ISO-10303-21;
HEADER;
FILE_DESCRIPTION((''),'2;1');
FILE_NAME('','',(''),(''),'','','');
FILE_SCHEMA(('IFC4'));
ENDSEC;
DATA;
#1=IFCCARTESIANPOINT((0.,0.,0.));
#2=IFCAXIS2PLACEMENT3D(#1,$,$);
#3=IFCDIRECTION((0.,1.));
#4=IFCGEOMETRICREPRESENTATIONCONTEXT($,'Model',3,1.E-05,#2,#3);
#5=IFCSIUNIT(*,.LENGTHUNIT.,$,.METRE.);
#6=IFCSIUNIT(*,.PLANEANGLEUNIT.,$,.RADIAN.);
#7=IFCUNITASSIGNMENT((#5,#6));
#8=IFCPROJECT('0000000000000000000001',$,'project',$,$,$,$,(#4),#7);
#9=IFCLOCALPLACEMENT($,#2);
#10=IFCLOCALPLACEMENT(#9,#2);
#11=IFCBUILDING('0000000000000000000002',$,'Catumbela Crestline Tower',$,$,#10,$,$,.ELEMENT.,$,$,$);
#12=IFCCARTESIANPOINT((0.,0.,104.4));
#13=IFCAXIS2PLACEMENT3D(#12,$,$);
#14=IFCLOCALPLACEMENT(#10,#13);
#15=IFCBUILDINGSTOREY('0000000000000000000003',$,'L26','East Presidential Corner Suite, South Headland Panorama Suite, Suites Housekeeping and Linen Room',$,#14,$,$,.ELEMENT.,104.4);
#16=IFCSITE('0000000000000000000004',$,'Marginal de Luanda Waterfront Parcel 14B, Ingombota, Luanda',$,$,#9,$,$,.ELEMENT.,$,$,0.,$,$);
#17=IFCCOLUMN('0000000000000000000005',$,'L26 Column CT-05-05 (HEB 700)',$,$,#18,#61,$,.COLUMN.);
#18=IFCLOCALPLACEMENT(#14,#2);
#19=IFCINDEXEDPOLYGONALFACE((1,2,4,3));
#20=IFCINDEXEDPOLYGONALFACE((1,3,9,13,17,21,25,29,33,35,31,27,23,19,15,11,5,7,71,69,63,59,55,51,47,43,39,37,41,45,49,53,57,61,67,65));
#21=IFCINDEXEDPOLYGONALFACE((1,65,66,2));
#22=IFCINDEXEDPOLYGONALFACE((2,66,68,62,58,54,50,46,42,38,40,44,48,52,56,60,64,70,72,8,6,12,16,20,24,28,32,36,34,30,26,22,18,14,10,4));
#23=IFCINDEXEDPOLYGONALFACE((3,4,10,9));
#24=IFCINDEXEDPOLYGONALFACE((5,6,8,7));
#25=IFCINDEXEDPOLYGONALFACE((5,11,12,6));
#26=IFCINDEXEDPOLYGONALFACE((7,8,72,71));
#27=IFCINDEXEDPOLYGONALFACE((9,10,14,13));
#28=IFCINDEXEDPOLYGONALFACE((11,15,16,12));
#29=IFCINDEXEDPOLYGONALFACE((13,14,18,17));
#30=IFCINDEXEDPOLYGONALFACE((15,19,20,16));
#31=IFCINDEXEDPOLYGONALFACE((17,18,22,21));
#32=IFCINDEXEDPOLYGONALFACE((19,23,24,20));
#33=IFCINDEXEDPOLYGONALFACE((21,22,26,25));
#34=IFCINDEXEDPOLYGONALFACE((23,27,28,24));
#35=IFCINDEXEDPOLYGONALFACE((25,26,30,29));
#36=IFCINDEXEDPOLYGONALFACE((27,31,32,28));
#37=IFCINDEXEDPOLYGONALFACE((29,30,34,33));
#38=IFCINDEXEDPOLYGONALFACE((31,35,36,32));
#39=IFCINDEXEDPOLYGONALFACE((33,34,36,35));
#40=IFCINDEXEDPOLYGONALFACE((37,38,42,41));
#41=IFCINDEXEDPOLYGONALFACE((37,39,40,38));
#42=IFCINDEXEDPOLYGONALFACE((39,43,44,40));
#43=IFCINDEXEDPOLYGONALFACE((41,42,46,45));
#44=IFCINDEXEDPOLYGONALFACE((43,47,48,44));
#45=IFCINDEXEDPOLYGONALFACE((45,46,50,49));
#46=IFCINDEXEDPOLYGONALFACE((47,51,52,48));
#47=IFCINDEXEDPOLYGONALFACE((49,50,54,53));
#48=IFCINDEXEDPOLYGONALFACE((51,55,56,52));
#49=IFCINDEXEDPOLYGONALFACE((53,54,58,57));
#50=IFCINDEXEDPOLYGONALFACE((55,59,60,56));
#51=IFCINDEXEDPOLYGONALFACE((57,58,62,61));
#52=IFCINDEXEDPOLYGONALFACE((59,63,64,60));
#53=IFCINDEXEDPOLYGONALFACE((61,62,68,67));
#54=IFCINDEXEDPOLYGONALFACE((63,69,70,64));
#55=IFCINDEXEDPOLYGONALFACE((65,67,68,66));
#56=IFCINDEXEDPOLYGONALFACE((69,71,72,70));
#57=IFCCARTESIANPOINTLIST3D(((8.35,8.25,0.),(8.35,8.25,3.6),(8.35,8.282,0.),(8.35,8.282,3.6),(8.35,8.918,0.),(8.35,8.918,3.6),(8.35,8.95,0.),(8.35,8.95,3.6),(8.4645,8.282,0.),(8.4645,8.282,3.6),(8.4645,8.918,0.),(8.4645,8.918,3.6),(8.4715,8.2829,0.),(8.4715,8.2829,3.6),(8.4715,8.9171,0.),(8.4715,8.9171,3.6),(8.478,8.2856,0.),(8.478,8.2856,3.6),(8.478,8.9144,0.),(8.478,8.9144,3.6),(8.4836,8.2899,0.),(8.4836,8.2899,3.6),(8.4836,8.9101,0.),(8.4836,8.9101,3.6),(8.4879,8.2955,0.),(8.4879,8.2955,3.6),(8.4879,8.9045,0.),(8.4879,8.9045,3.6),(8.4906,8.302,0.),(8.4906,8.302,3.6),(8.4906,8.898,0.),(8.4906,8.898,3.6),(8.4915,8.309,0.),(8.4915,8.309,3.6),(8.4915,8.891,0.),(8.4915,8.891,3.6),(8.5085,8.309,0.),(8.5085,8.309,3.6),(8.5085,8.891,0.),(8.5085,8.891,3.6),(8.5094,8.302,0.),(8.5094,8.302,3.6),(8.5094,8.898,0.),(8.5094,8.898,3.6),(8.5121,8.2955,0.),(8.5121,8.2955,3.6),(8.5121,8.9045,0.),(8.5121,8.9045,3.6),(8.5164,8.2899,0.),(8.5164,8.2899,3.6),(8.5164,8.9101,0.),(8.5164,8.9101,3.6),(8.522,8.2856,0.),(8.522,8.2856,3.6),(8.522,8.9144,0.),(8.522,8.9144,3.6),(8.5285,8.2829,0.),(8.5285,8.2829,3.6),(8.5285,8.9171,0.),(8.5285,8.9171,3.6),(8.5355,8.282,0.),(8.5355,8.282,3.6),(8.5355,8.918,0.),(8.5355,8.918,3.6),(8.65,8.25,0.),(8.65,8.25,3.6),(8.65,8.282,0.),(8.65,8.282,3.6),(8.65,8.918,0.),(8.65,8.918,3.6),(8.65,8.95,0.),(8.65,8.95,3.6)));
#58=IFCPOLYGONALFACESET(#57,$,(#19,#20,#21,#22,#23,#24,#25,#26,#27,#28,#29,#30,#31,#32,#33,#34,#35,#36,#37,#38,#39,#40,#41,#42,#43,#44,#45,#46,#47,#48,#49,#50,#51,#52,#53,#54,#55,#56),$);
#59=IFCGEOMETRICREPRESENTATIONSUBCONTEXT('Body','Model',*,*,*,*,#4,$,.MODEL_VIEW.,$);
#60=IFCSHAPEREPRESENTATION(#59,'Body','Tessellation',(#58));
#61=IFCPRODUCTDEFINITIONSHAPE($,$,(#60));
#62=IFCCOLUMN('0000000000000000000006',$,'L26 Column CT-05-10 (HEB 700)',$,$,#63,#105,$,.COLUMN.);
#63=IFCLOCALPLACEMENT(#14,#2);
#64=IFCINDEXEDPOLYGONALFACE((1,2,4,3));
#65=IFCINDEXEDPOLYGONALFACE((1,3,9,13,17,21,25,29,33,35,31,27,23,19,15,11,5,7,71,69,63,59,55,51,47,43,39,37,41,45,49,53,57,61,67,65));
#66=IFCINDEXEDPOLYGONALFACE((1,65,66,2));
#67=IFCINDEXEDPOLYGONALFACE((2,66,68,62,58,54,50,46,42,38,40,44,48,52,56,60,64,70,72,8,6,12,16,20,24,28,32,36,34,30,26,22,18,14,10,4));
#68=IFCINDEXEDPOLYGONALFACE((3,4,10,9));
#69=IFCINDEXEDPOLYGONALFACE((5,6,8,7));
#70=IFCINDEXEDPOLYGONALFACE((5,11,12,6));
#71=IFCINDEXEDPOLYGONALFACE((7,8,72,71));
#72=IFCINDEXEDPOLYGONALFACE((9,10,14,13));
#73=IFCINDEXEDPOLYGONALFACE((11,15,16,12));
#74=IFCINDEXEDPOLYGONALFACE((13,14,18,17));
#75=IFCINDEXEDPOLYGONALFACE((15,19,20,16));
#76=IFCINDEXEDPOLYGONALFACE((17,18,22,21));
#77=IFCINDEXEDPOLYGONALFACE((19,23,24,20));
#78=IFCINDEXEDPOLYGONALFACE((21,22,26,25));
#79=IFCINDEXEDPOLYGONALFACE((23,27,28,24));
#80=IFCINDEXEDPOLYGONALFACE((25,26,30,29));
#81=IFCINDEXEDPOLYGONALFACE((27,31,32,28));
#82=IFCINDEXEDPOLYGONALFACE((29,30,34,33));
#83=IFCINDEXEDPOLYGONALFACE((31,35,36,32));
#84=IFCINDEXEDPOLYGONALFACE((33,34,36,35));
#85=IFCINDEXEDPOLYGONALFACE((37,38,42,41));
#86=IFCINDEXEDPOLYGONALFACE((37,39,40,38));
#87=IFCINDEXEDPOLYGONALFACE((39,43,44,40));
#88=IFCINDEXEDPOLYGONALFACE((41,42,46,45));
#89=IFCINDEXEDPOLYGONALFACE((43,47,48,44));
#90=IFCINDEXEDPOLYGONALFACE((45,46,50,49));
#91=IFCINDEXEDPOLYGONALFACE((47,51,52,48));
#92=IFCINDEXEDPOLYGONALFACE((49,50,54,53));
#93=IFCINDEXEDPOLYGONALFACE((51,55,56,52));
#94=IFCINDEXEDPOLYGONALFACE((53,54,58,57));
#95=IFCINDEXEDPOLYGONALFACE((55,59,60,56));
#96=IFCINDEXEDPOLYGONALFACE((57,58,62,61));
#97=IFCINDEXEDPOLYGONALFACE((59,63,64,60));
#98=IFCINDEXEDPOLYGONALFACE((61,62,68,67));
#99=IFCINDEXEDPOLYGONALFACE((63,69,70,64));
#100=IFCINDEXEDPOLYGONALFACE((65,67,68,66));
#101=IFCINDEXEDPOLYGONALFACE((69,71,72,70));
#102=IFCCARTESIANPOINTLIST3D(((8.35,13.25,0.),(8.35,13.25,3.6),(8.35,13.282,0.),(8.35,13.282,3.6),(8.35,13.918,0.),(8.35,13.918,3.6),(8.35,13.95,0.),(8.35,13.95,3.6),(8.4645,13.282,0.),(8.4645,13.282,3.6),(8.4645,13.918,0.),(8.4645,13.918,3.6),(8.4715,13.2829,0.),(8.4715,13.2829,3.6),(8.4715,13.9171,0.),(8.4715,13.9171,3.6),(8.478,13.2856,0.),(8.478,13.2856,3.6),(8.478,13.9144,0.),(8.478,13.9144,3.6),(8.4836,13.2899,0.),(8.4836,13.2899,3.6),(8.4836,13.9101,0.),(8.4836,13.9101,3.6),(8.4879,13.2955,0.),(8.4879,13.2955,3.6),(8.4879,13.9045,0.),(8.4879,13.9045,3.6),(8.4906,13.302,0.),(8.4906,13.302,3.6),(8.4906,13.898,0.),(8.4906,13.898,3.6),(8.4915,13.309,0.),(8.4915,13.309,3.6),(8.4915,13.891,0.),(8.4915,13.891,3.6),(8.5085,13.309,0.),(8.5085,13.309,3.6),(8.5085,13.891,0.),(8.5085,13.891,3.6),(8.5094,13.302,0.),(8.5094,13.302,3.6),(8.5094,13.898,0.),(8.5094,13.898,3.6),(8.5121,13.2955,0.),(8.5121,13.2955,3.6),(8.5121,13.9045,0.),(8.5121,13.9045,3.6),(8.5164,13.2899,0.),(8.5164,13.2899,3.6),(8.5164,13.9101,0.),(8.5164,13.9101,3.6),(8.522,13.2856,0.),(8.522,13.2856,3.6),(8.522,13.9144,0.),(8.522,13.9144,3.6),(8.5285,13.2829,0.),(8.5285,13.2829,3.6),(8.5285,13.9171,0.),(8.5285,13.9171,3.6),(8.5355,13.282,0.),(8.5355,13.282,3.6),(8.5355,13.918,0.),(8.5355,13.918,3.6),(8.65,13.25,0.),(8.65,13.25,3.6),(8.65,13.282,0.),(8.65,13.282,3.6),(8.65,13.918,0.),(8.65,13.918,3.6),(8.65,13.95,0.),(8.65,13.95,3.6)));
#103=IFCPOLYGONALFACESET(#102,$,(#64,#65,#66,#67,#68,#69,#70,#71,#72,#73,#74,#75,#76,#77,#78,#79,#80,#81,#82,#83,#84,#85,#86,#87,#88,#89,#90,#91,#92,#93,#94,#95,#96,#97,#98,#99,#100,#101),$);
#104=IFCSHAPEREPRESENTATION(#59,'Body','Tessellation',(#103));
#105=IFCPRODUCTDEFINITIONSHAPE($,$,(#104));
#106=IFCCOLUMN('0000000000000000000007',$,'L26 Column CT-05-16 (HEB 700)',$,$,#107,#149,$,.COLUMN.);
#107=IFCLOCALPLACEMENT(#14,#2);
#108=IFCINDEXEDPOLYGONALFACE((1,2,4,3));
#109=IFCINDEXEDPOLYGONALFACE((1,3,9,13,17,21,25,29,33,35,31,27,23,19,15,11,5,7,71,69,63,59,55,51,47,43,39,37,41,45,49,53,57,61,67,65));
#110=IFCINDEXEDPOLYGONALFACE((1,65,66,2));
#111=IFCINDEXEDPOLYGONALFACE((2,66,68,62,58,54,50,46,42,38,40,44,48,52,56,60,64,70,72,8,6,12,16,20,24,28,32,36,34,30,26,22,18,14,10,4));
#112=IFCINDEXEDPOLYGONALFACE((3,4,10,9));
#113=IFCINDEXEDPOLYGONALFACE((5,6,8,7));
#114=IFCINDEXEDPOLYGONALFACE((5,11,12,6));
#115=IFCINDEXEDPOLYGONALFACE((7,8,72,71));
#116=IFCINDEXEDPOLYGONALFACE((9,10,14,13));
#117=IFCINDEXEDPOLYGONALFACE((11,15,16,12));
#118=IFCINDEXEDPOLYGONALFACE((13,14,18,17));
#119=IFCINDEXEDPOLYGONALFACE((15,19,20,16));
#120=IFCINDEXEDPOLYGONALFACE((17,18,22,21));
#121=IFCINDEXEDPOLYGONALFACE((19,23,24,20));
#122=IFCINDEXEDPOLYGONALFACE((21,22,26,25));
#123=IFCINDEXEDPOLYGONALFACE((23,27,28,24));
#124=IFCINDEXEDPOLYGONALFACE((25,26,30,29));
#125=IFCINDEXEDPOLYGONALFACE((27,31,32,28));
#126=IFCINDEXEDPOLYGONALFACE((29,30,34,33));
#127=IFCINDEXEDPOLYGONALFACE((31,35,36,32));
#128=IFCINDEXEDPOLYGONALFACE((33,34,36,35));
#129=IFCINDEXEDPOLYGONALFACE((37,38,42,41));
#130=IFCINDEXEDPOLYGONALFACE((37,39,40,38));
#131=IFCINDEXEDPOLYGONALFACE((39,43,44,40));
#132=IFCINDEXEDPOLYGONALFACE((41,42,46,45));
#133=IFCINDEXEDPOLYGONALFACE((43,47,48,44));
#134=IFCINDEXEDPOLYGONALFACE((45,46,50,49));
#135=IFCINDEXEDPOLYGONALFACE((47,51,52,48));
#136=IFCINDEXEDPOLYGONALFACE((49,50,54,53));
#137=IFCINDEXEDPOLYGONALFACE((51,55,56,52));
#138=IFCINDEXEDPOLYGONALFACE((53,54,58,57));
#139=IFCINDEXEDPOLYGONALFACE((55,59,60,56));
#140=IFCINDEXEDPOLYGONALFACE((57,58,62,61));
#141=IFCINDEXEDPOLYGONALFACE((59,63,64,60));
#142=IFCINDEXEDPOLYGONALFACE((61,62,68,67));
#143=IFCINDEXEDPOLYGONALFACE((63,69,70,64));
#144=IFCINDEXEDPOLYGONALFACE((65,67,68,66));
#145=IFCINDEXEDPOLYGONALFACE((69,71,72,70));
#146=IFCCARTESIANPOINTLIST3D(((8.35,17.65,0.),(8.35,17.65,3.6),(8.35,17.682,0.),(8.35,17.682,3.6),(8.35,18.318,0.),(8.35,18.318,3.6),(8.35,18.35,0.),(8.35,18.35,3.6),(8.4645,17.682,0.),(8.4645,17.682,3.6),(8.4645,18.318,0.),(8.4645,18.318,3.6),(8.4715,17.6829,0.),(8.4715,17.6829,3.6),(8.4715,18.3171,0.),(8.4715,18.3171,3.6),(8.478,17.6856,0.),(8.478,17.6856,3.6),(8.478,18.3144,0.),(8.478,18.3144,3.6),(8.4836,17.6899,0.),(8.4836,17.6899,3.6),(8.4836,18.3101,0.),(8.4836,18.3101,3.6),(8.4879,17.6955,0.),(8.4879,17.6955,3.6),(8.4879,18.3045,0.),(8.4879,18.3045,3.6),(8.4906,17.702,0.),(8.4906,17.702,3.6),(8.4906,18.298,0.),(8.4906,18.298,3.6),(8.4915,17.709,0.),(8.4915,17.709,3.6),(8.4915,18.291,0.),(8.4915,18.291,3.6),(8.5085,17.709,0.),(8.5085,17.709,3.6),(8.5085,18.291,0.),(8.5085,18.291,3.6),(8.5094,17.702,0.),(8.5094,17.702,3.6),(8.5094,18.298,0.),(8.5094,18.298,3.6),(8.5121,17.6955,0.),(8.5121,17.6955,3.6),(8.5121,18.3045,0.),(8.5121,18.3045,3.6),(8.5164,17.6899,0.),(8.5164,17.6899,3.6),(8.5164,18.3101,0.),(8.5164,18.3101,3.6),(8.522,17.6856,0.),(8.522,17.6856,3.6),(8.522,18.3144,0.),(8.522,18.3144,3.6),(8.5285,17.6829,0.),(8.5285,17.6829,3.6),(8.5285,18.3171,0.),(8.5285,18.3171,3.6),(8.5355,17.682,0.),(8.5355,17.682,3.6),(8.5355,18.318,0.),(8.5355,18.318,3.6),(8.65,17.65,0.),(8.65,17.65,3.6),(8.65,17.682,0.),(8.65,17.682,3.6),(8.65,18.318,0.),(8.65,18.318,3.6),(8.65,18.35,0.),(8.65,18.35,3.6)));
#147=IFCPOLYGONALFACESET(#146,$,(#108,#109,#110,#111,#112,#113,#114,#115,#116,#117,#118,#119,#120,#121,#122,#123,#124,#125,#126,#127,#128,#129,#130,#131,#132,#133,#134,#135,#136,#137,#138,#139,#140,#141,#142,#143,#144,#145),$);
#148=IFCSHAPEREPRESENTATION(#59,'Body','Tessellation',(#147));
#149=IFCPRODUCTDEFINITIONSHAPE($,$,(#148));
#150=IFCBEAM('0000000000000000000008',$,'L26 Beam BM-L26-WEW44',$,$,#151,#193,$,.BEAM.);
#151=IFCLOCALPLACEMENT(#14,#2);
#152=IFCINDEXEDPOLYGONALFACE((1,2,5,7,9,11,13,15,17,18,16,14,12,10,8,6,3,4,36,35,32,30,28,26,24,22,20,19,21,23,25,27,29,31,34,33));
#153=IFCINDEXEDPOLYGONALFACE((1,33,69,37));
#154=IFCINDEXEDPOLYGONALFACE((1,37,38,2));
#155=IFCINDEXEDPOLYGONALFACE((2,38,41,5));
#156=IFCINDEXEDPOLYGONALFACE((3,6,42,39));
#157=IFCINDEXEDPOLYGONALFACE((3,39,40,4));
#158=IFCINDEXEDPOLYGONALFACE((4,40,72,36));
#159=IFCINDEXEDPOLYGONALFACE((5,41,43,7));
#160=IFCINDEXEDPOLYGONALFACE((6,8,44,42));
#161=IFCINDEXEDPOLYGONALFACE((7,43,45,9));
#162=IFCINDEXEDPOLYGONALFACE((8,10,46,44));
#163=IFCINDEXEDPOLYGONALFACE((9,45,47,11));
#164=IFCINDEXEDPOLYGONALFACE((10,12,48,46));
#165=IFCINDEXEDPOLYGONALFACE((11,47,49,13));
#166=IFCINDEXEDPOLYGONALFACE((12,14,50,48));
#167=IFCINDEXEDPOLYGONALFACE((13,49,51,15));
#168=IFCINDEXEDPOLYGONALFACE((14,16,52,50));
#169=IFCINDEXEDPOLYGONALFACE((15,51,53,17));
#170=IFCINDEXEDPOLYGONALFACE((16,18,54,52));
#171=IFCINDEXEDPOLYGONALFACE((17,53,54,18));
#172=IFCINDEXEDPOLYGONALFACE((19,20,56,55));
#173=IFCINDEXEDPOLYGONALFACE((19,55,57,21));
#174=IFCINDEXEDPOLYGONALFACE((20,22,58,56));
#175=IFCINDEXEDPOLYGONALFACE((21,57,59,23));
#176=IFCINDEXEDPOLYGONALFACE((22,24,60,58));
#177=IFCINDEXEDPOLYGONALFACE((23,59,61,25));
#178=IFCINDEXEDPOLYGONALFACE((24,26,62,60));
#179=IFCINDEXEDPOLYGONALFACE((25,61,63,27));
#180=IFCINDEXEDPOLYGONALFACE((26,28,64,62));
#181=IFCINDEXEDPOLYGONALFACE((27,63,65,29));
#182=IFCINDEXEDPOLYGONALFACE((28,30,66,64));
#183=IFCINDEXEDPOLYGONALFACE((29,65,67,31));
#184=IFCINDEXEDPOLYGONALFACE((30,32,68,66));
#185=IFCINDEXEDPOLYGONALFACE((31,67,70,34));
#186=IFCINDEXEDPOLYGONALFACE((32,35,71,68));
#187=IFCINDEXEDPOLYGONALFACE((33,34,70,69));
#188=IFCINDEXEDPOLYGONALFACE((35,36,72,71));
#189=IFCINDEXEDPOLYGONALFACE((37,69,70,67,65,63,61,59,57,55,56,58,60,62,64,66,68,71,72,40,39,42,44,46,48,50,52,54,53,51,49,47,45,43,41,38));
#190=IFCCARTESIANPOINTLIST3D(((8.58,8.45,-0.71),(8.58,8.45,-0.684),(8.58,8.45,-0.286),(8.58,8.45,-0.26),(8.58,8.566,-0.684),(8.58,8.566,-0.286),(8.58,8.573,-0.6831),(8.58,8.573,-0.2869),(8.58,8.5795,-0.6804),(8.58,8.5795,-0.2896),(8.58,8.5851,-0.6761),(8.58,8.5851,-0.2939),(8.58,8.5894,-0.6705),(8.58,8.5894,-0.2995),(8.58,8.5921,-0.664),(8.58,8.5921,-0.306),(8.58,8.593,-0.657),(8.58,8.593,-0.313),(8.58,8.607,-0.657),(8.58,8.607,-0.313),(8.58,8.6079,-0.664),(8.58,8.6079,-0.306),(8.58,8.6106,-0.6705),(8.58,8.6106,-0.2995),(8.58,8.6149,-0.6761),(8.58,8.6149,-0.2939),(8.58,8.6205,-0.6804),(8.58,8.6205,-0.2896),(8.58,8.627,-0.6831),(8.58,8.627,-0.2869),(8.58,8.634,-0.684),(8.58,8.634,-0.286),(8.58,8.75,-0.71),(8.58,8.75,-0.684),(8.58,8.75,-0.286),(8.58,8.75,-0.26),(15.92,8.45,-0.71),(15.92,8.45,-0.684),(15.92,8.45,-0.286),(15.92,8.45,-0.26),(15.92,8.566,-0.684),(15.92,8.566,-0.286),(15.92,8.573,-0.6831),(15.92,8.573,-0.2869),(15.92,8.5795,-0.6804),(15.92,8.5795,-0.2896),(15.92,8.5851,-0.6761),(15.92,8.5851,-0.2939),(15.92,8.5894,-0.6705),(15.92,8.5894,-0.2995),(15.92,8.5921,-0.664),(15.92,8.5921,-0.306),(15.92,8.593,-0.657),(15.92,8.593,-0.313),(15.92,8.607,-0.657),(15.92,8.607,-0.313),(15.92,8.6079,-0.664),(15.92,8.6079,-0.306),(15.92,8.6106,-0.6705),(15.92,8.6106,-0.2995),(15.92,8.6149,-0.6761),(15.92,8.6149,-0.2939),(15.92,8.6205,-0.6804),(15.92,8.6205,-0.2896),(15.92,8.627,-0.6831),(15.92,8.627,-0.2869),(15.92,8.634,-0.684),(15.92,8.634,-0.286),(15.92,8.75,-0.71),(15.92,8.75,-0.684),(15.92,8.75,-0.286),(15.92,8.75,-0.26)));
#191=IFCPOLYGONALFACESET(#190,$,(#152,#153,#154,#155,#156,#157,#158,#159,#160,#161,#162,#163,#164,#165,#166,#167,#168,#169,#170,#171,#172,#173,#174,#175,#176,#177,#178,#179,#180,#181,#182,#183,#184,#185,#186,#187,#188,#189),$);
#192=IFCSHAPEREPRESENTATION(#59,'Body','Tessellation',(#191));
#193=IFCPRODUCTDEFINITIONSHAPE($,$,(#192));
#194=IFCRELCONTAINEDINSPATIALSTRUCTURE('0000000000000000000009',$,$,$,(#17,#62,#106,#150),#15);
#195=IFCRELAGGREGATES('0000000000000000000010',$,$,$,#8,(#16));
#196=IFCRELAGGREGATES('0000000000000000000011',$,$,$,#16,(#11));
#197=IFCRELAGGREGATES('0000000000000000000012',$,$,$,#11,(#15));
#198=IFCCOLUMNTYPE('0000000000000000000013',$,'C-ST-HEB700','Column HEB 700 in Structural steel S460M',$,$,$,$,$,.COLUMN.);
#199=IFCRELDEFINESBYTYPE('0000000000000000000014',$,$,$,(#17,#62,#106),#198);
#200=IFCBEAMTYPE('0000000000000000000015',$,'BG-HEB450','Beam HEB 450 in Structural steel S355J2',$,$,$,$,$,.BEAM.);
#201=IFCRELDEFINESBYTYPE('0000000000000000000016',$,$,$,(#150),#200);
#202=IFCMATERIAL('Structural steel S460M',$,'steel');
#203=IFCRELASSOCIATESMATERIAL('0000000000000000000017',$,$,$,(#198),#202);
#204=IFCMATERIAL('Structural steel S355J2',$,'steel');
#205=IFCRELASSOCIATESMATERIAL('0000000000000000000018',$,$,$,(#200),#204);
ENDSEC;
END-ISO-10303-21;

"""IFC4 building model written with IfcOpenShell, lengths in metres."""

from ifc_helpers import new_model, si_unit, direction, frame, origin, origin_2d, place, context, subcontext, project, spatial, i_section, extrude, material, material_profile, profile_set, type_object, element, save


model = new_model("IFC4")

# Units and contexts
model_context = context("Model", 3, precision=1e-05, world=origin(), true_north=direction((0.0, 1.0)))
body_context = subcontext(model_context, "Body", "Model", "MODEL_VIEW")
ifc_project = project(units=[si_unit("LENGTHUNIT", "METRE"), si_unit("PLANEANGLEUNIT", "RADIAN")], contexts=[model_context])

# Site, building, storey
site_placement = place(None, origin())
site = spatial("IfcSite", under=ifc_project, at=site_placement, Name="Marginal de Luanda Waterfront Parcel 14B, Ingombota, Luanda", CompositionType="ELEMENT", RefElevation=0.0)
building_placement = place(site_placement, origin())
building = spatial("IfcBuilding", under=site, at=building_placement, Name="Catumbela Crestline Tower", CompositionType="ELEMENT")
storey_placement = place(building_placement, frame((0.0, 0.0, 104.4)))
storey = spatial("IfcBuildingStorey", under=building, at=storey_placement, Name="L26", Description="East Presidential Corner Suite, South Headland Panorama Suite, Suites Housekeeping and Linen Room", CompositionType="ELEMENT", Elevation=104.4)

# Columns
ifc_material_1 = material(Name="Structural steel S460M", Category="steel")
ifc_material_profile_1 = material_profile(ifc_material_1, i_section(OverallWidth=0.3, OverallDepth=0.7, WebThickness=0.017, FlangeThickness=0.032, FilletRadius=0.027, at=origin_2d()), Name="HEB 700")
ifc_profile_set_1 = profile_set([ifc_material_profile_1], Name="Structural steel S460M")
column_type = type_object("IfcColumnType", Name="C-ST-HEB700", Description="Column HEB 700 in Structural steel S460M", PredefinedType="COLUMN", material=ifc_profile_set_1)
for number, where, z_axis, x_axis, name in (
    (1, (8.5, 8.6, 0.0), (0.0, 0.0, 1.0), (1.0, 0.0, 0.0), "L26 Column CT-05-05 (HEB 700)"),
    (2, (8.5, 13.6, 0.0), (0.0, 0.0, 1.0), (1.0, 0.0, 0.0), "L26 Column CT-05-10 (HEB 700)"),
    (3, (8.5, 18.0, 0.0), (0.0, 0.0, 1.0), (1.0, 0.0, 0.0), "L26 Column CT-05-16 (HEB 700)"),
):
    element("IfcColumn", number, at=place(storey_placement, frame(where, z_axis=z_axis, x_axis=x_axis)), inside=storey, type_object=column_type, Name=name, PredefinedType="COLUMN", context=body_context, shape_type="SweptSolid", body=[
        extrude(i_section(OverallWidth=0.3, OverallDepth=0.7, WebThickness=0.017, FlangeThickness=0.032, FilletRadius=0.027, at=origin_2d()), origin(), (0.0, 0.0, 1.0), 3.6),
    ])

# Beam
ifc_material_2 = material(Name="Structural steel S355J2", Category="steel")
ifc_material_profile_2 = material_profile(ifc_material_2, i_section(OverallWidth=0.3, OverallDepth=0.45, WebThickness=0.014, FlangeThickness=0.026, FilletRadius=0.027, at=origin_2d()), Name="HEB 450")
ifc_profile_set_2 = profile_set([ifc_material_profile_2], Name="Structural steel S355J2")
beam_type_1 = type_object("IfcBeamType", Name="BG-HEB450", Description="Beam HEB 450 in Structural steel S355J2", PredefinedType="BEAM", material=ifc_profile_set_2)
for number, where, z_axis, x_axis, name in (
    (4, (8.58, 8.6, -0.485), (1.0, 0.0, 0.0), (0.0, 1.0, 0.0), "L26 Beam BM-L26-WEW44"),
):
    element("IfcBeam", number, at=place(storey_placement, frame(where, z_axis=z_axis, x_axis=x_axis)), inside=storey, type_object=beam_type_1, Name=name, PredefinedType="BEAM", context=body_context, shape_type="SweptSolid", body=[
        extrude(i_section(OverallWidth=0.3, OverallDepth=0.45, WebThickness=0.014, FlangeThickness=0.026, FilletRadius=0.027, at=origin_2d()), origin(), (0.0, 0.0, 1.0), 7.34),
    ])

save(model, "model.ifc")
